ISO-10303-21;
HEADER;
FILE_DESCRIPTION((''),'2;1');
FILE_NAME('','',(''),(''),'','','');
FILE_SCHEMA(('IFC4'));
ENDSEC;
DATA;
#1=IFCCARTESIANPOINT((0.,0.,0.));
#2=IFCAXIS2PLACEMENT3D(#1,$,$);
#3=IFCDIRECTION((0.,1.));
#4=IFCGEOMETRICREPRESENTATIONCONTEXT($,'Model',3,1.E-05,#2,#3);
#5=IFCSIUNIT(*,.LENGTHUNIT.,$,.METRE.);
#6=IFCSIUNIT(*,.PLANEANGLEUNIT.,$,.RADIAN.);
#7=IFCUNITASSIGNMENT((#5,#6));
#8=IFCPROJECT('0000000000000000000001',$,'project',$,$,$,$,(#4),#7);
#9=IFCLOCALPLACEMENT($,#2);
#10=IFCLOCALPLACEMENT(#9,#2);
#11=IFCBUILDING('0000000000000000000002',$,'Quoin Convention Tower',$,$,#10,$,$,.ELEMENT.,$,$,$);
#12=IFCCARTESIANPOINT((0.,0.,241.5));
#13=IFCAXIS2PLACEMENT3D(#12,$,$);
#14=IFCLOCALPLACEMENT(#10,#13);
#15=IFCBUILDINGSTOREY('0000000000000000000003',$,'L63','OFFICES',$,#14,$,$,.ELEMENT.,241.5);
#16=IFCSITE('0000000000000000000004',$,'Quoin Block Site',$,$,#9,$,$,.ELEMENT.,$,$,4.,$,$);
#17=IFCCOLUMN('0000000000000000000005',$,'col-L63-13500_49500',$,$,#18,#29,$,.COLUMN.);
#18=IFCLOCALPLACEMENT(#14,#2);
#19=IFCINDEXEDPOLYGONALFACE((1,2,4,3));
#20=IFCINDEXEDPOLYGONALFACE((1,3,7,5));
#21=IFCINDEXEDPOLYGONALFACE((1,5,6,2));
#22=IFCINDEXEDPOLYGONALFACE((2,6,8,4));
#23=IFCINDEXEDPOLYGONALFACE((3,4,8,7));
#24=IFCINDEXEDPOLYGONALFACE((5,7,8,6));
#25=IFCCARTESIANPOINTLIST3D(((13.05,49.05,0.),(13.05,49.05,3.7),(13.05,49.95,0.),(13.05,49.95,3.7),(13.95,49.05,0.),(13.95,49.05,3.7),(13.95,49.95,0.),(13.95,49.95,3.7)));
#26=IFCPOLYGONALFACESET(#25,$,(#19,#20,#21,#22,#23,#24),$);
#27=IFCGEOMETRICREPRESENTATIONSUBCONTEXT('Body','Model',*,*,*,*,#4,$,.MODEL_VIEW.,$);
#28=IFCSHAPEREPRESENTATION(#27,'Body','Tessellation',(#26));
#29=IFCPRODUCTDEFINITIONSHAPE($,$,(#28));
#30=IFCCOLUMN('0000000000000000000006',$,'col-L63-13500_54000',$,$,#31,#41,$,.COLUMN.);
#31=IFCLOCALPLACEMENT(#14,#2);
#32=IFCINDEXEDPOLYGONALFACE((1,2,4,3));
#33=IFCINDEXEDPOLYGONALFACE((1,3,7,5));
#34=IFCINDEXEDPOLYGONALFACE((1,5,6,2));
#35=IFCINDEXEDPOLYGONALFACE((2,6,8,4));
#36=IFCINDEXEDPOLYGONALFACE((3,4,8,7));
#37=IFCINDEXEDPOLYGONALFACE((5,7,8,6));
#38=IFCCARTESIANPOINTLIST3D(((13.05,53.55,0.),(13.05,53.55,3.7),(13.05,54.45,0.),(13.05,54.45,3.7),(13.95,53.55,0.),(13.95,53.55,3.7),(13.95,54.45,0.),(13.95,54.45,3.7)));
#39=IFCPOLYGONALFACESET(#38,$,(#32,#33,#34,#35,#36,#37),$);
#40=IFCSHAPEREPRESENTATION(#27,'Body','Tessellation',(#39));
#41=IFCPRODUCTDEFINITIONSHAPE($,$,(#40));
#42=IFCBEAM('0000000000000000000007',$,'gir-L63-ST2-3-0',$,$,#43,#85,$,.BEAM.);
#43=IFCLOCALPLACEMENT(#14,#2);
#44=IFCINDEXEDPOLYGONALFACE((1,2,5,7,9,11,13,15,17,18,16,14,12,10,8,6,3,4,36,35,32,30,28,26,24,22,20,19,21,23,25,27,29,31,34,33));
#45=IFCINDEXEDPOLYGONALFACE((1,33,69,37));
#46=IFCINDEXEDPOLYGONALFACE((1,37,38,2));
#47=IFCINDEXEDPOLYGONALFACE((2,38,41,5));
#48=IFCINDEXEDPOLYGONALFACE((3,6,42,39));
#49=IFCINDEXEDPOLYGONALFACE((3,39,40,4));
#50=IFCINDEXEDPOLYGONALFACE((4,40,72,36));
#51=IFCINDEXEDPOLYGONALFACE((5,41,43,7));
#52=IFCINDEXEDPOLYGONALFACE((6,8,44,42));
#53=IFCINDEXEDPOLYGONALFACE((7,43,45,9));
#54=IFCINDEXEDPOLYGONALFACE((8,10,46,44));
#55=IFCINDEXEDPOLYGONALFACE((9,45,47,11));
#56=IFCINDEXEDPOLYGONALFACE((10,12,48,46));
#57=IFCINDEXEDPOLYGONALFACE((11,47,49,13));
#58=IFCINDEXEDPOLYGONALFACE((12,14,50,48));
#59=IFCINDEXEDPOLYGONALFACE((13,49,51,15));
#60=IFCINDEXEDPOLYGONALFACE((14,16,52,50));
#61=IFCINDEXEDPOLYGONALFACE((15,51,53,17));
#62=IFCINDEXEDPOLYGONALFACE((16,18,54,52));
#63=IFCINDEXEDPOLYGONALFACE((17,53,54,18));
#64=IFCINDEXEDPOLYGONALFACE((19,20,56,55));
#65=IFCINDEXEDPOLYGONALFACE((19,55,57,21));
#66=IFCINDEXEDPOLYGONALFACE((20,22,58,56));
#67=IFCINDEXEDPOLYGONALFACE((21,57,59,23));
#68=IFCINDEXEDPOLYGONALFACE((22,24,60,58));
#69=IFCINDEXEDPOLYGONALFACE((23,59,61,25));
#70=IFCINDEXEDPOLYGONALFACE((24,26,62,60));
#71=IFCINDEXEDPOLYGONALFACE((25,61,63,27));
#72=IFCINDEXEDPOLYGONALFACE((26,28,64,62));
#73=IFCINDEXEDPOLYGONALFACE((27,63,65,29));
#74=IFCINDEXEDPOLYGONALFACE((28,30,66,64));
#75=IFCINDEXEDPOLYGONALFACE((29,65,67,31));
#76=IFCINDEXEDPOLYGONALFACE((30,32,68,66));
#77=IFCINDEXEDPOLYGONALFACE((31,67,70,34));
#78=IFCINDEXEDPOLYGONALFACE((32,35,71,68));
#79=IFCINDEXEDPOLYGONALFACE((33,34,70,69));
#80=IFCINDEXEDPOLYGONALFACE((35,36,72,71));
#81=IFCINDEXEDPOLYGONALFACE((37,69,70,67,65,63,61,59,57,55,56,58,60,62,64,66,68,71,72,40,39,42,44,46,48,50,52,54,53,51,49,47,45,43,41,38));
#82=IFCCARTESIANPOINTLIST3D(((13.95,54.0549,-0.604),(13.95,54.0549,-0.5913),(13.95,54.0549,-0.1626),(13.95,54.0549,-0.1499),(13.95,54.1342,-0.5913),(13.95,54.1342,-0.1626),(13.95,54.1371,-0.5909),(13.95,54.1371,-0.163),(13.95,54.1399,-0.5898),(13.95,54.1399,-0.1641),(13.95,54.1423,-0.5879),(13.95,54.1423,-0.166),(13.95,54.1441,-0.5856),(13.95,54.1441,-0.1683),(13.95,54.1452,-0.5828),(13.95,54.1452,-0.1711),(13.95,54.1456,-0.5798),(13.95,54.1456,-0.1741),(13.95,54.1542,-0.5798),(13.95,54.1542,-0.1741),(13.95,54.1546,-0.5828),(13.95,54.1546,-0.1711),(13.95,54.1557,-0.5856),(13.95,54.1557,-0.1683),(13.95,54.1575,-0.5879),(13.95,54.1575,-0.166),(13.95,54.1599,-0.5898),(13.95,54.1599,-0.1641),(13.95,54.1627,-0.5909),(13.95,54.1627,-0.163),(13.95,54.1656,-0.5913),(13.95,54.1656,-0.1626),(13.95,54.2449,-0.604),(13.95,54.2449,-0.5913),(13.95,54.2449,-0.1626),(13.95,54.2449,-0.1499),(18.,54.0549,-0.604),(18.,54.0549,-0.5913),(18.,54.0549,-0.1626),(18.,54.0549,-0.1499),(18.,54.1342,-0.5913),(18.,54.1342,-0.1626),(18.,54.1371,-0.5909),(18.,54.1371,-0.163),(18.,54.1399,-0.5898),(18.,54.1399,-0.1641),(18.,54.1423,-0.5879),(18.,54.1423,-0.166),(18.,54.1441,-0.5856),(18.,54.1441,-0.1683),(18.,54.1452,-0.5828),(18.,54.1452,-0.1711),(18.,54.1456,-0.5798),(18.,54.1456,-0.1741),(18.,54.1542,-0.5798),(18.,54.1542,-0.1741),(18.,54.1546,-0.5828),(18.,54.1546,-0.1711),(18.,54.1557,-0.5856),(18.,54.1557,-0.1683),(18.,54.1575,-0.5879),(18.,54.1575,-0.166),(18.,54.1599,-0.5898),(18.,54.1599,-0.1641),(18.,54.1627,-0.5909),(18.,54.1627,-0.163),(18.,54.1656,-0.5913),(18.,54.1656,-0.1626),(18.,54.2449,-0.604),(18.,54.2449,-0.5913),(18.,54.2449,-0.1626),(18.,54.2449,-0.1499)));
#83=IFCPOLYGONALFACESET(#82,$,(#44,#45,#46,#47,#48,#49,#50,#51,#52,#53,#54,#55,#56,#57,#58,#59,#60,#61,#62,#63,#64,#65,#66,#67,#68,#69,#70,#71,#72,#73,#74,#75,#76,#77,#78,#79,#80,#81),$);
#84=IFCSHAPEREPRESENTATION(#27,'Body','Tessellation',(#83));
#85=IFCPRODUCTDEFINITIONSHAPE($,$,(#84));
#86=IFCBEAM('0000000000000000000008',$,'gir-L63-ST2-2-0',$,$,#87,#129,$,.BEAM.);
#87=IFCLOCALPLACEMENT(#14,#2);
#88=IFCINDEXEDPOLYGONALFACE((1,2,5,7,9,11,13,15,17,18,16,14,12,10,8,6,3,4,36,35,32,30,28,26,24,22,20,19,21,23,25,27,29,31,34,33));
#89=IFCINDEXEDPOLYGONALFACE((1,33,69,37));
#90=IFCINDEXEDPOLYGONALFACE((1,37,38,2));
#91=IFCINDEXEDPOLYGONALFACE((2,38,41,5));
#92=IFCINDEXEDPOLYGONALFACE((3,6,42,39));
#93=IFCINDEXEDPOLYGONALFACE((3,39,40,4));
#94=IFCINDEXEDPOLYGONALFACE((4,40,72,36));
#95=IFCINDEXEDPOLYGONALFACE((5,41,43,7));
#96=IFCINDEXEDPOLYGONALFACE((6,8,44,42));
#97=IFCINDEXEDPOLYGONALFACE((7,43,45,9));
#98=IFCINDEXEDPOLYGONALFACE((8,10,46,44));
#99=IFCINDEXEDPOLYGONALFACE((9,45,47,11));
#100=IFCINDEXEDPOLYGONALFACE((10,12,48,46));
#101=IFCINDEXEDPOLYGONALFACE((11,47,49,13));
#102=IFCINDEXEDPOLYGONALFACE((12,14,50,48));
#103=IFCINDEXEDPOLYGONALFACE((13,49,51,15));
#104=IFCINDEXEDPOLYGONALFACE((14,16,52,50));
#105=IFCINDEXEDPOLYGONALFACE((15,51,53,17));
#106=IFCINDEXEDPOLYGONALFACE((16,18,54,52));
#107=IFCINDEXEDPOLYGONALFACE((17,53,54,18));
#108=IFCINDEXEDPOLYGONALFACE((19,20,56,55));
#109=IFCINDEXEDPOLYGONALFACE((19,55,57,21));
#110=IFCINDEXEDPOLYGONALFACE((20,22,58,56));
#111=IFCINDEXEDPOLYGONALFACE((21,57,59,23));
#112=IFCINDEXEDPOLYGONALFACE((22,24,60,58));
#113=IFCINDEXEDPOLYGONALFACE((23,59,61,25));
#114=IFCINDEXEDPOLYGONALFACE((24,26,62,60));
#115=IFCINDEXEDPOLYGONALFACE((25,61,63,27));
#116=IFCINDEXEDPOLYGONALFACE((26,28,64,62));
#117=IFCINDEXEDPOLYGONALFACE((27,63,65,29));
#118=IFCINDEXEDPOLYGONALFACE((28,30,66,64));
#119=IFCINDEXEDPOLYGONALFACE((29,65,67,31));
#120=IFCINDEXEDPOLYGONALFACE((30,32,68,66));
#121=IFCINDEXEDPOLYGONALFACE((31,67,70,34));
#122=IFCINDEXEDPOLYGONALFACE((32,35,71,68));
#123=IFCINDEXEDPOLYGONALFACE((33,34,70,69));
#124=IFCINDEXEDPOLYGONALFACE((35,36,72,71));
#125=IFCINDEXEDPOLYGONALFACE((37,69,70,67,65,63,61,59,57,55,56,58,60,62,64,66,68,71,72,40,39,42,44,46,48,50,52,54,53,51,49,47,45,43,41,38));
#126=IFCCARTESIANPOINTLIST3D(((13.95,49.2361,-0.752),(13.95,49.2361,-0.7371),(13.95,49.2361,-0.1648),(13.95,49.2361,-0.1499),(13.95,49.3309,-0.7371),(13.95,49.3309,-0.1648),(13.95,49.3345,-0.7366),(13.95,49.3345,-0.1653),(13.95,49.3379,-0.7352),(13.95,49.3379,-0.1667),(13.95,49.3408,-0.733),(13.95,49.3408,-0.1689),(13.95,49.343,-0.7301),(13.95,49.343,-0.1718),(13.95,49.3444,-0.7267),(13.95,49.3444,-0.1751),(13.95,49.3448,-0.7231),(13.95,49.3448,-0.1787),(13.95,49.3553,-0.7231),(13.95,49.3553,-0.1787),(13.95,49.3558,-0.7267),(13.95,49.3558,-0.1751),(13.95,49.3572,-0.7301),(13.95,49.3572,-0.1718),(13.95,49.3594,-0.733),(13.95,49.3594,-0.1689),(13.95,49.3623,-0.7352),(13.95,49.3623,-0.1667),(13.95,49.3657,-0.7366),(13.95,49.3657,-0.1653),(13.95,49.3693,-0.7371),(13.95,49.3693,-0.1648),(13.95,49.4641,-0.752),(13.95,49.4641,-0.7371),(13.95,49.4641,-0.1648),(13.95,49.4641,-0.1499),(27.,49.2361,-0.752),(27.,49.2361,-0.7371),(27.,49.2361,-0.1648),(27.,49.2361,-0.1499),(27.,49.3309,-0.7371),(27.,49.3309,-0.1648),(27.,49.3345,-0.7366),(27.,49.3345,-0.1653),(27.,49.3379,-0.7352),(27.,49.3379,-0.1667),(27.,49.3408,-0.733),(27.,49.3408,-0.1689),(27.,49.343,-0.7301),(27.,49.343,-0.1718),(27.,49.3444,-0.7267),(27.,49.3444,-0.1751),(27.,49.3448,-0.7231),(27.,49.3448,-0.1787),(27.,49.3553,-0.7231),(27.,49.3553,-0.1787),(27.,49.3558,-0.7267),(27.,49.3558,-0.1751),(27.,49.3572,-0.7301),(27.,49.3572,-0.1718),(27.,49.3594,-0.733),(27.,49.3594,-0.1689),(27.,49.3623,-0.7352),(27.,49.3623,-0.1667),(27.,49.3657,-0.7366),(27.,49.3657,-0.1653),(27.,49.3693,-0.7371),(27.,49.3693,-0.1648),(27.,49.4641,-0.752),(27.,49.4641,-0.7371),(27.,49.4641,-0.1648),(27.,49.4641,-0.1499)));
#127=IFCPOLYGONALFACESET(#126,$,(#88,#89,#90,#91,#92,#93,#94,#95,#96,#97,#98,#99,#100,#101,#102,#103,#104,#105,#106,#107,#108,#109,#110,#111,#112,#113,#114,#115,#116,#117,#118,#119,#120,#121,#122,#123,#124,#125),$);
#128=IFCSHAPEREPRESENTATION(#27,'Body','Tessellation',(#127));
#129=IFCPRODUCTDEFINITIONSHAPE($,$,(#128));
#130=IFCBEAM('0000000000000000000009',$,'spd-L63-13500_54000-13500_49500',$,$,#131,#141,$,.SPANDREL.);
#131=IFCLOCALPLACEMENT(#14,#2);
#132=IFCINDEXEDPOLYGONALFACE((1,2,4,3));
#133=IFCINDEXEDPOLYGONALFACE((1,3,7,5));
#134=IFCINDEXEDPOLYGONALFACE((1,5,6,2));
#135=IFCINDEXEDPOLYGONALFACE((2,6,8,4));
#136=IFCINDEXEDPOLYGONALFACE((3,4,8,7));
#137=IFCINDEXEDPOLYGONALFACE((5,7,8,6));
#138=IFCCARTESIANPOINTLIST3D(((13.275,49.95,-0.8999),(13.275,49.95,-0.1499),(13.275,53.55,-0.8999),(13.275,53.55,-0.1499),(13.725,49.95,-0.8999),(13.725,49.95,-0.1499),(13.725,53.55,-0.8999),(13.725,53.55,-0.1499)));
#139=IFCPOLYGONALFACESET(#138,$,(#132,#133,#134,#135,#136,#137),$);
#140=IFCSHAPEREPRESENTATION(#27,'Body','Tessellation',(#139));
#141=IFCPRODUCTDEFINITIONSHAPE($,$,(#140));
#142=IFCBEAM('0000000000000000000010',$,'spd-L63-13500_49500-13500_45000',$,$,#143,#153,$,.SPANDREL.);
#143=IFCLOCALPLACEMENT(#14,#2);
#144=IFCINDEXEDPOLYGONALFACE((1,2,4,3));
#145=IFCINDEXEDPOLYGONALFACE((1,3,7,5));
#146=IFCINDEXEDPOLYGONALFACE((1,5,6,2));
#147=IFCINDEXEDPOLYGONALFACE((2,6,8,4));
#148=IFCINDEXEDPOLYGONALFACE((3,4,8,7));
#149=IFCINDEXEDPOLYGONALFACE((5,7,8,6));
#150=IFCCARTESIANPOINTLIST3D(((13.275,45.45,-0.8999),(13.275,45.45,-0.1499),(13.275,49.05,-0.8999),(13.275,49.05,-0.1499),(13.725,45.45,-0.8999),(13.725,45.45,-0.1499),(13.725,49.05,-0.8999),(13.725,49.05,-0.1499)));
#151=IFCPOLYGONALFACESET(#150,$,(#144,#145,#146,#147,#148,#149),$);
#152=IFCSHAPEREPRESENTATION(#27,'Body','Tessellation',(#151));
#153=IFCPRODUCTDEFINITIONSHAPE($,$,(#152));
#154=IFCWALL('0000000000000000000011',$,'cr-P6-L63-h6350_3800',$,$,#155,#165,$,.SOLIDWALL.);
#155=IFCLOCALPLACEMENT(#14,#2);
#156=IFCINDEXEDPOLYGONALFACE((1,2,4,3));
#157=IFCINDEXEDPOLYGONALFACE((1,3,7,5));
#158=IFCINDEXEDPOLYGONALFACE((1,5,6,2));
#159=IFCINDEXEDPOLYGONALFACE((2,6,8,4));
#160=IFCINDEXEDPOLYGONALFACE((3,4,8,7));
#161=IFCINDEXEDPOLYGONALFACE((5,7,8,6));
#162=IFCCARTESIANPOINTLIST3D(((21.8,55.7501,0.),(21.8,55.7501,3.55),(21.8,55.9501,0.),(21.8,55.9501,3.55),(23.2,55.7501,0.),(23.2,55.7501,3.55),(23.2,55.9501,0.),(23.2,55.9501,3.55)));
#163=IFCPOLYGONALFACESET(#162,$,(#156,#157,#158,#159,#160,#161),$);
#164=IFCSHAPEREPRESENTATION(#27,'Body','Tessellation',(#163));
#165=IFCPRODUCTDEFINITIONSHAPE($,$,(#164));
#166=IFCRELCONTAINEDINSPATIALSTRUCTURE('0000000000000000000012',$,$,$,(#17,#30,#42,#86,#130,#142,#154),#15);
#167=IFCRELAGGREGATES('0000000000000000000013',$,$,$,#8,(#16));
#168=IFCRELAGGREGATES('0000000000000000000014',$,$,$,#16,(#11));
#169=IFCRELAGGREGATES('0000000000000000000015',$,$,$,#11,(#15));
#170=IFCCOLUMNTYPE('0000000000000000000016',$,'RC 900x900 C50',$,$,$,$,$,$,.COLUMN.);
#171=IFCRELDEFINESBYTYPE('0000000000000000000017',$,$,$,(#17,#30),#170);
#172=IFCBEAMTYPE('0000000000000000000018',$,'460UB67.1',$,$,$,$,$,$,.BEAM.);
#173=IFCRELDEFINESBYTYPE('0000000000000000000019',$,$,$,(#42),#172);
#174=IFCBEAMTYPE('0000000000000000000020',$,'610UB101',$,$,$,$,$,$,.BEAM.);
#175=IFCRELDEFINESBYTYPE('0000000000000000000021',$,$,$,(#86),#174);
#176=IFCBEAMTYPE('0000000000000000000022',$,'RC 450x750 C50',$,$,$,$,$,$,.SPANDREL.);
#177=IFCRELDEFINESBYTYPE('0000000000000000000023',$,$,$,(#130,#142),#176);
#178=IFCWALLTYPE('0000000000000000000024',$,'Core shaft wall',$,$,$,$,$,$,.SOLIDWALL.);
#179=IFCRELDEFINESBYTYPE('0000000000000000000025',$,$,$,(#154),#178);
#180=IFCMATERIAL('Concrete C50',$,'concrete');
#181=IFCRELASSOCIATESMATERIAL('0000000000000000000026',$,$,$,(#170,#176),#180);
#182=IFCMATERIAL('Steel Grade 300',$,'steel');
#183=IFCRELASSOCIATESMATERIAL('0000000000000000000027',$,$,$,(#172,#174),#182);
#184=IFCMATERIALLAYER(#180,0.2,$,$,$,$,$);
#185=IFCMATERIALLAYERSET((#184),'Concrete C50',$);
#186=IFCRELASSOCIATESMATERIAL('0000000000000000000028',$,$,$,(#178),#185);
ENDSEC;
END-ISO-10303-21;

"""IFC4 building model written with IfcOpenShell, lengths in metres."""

from ifc_helpers import new_model, si_unit, direction, frame, frame_2d, origin, origin_2d, place, context, subcontext, project, spatial, rectangle, i_section, extrude, material, layer, layer_set, material_profile, profile_set, type_object, element, save


model = new_model("IFC4")

# Units and contexts
model_context = context("Model", 3, precision=1e-05, world=origin(), true_north=direction((0.0, 1.0)))
body_context = subcontext(model_context, "Body", "Model", "MODEL_VIEW")
ifc_project = project(units=[si_unit("LENGTHUNIT", "METRE"), si_unit("PLANEANGLEUNIT", "RADIAN")], contexts=[model_context])

# Site, building, storey
site_placement = place(None, origin())
site = spatial("IfcSite", under=ifc_project, at=site_placement, Name="Quoin Block Site", CompositionType="ELEMENT", RefElevation=4.0)
building_placement = place(site_placement, origin())
building = spatial("IfcBuilding", under=site, at=building_placement, Name="Quoin Convention Tower", CompositionType="ELEMENT")
storey_placement = place(building_placement, frame((0.0, 0.0, 241.5)))
storey = spatial("IfcBuildingStorey", under=building, at=storey_placement, Name="L63", Description="OFFICES", CompositionType="ELEMENT", Elevation=241.5)

# Columns
ifc_material_1 = material(Name="Concrete C50", Category="concrete")
ifc_material_profile_1 = material_profile(ifc_material_1, rectangle(XDim=0.8999, YDim=0.8999, at=origin_2d()), Name="RC 900x900")
ifc_profile_set_1 = profile_set([ifc_material_profile_1], Name="Concrete C50")
column_type = type_object("IfcColumnType", Name="RC 900x900 C50", PredefinedType="COLUMN", material=ifc_profile_set_1)
for number, where, z_axis, x_axis, name in (
    (1, (13.5, 49.5, 0.0), (0.0, 0.0, 1.0), (1.0, 0.0, 0.0), "col-L63-13500_49500"),
    (2, (13.5, 54.0, 0.0), (0.0, 0.0, 1.0), (1.0, 0.0, 0.0), "col-L63-13500_54000"),
):
    element("IfcColumn", number, at=place(storey_placement, frame(where, z_axis=z_axis, x_axis=x_axis)), inside=storey, type_object=column_type, Name=name, PredefinedType="COLUMN", context=body_context, shape_type="SweptSolid", body=[
        extrude(rectangle(XDim=0.8999, YDim=0.8999, at=origin_2d()), origin(), (0.0, 0.0, 1.0), 3.7),
    ])

# Beams
ifc_material_2 = material(Name="Steel Grade 300", Category="steel")
ifc_material_profile_2 = material_profile(ifc_material_2, i_section(OverallWidth=0.1899, OverallDepth=0.4541, WebThickness=0.0085, FlangeThickness=0.0127, FilletRadius=0.0115, at=origin_2d()), Name="460UB67.1")
ifc_profile_set_2 = profile_set([ifc_material_profile_2], Name="Steel Grade 300")
beam_type_1 = type_object("IfcBeamType", Name="460UB67.1", PredefinedType="BEAM", material=ifc_profile_set_2)
beam_1_placement = place(storey_placement, frame((13.95, 54.1499, -0.377), z_axis=(1.0, 0.0, 0.0), x_axis=(0.0, 1.0, 0.0)))
element("IfcBeam", 3, at=beam_1_placement, inside=storey, type_object=beam_type_1, Name="gir-L63-ST2-3-0", PredefinedType="BEAM", context=body_context, shape_type="SweptSolid", body=[
    extrude(i_section(OverallWidth=0.1899, OverallDepth=0.4541, WebThickness=0.0085, FlangeThickness=0.0127, FilletRadius=0.0115, at=origin_2d()), origin(), (0.0, 0.0, 1.0), 4.05),
])
ifc_material_profile_3 = material_profile(ifc_material_2, i_section(OverallWidth=0.228, OverallDepth=0.6021, WebThickness=0.0105, FlangeThickness=0.0149, FilletRadius=0.0139, at=origin_2d()), Name="610UB101")
ifc_profile_set_3 = profile_set([ifc_material_profile_3], Name="Steel Grade 300")
beam_type_2 = type_object("IfcBeamType", Name="610UB101", PredefinedType="BEAM", material=ifc_profile_set_3)
beam_2_placement = place(storey_placement, frame((13.95, 49.3501, -0.4509), z_axis=(1.0, 0.0, 0.0), x_axis=(0.0, 1.0, 0.0)))
element("IfcBeam", 4, at=beam_2_placement, inside=storey, type_object=beam_type_2, Name="gir-L63-ST2-2-0", PredefinedType="BEAM", context=body_context, shape_type="SweptSolid", body=[
    extrude(i_section(OverallWidth=0.228, OverallDepth=0.6021, WebThickness=0.0105, FlangeThickness=0.0149, FilletRadius=0.0139, at=origin_2d()), origin(), (0.0, 0.0, 1.0), 13.05),
])
ifc_material_profile_4 = material_profile(ifc_material_1, rectangle(XDim=0.45, YDim=0.75, at=origin_2d()), Name="RC 450x750")
ifc_profile_set_4 = profile_set([ifc_material_profile_4], Name="Concrete C50")
beam_type_3 = type_object("IfcBeamType", Name="RC 450x750 C50", PredefinedType="SPANDREL", material=ifc_profile_set_4)
for number, where, z_axis, x_axis, name in (
    (5, (13.5, 53.55, -0.5249), (0.0, -1.0, 0.0), (1.0, 0.0, 0.0), "spd-L63-13500_54000-13500_49500"),
    (6, (13.5, 49.05, -0.5249), (0.0, -1.0, 0.0), (1.0, 0.0, 0.0), "spd-L63-13500_49500-13500_45000"),
):
    element("IfcBeam", number, at=place(storey_placement, frame(where, z_axis=z_axis, x_axis=x_axis)), inside=storey, type_object=beam_type_3, Name=name, PredefinedType="SPANDREL", context=body_context, shape_type="SweptSolid", body=[
        extrude(rectangle(XDim=0.45, YDim=0.75, at=origin_2d()), origin(), (0.0, 0.0, 1.0), 3.6001),
    ])

# Wall
ifc_layer_1 = layer(ifc_material_1, 0.2)
ifc_layer_set_1 = layer_set([ifc_layer_1], Name="Concrete C50")
wall_type_1 = type_object("IfcWallType", Name="Core shaft wall", PredefinedType="SOLIDWALL", material=ifc_layer_set_1)
wall_1_placement = place(storey_placement, frame((21.8, 55.8501, 0.0), z_axis=(0.0, 0.0, 1.0), x_axis=(1.0, 0.0, 0.0)))
element("IfcWall", 7, at=wall_1_placement, inside=storey, type_object=wall_type_1, Name="cr-P6-L63-h6350_3800", PredefinedType="SOLIDWALL", context=body_context, shape_type="SweptSolid", body=[
    extrude(rectangle(XDim=1.3999, YDim=0.2, at=frame_2d((0.7, 0.0))), origin(), (0.0, 0.0, 1.0), 3.55),
])

save(model, "model.ifc")
